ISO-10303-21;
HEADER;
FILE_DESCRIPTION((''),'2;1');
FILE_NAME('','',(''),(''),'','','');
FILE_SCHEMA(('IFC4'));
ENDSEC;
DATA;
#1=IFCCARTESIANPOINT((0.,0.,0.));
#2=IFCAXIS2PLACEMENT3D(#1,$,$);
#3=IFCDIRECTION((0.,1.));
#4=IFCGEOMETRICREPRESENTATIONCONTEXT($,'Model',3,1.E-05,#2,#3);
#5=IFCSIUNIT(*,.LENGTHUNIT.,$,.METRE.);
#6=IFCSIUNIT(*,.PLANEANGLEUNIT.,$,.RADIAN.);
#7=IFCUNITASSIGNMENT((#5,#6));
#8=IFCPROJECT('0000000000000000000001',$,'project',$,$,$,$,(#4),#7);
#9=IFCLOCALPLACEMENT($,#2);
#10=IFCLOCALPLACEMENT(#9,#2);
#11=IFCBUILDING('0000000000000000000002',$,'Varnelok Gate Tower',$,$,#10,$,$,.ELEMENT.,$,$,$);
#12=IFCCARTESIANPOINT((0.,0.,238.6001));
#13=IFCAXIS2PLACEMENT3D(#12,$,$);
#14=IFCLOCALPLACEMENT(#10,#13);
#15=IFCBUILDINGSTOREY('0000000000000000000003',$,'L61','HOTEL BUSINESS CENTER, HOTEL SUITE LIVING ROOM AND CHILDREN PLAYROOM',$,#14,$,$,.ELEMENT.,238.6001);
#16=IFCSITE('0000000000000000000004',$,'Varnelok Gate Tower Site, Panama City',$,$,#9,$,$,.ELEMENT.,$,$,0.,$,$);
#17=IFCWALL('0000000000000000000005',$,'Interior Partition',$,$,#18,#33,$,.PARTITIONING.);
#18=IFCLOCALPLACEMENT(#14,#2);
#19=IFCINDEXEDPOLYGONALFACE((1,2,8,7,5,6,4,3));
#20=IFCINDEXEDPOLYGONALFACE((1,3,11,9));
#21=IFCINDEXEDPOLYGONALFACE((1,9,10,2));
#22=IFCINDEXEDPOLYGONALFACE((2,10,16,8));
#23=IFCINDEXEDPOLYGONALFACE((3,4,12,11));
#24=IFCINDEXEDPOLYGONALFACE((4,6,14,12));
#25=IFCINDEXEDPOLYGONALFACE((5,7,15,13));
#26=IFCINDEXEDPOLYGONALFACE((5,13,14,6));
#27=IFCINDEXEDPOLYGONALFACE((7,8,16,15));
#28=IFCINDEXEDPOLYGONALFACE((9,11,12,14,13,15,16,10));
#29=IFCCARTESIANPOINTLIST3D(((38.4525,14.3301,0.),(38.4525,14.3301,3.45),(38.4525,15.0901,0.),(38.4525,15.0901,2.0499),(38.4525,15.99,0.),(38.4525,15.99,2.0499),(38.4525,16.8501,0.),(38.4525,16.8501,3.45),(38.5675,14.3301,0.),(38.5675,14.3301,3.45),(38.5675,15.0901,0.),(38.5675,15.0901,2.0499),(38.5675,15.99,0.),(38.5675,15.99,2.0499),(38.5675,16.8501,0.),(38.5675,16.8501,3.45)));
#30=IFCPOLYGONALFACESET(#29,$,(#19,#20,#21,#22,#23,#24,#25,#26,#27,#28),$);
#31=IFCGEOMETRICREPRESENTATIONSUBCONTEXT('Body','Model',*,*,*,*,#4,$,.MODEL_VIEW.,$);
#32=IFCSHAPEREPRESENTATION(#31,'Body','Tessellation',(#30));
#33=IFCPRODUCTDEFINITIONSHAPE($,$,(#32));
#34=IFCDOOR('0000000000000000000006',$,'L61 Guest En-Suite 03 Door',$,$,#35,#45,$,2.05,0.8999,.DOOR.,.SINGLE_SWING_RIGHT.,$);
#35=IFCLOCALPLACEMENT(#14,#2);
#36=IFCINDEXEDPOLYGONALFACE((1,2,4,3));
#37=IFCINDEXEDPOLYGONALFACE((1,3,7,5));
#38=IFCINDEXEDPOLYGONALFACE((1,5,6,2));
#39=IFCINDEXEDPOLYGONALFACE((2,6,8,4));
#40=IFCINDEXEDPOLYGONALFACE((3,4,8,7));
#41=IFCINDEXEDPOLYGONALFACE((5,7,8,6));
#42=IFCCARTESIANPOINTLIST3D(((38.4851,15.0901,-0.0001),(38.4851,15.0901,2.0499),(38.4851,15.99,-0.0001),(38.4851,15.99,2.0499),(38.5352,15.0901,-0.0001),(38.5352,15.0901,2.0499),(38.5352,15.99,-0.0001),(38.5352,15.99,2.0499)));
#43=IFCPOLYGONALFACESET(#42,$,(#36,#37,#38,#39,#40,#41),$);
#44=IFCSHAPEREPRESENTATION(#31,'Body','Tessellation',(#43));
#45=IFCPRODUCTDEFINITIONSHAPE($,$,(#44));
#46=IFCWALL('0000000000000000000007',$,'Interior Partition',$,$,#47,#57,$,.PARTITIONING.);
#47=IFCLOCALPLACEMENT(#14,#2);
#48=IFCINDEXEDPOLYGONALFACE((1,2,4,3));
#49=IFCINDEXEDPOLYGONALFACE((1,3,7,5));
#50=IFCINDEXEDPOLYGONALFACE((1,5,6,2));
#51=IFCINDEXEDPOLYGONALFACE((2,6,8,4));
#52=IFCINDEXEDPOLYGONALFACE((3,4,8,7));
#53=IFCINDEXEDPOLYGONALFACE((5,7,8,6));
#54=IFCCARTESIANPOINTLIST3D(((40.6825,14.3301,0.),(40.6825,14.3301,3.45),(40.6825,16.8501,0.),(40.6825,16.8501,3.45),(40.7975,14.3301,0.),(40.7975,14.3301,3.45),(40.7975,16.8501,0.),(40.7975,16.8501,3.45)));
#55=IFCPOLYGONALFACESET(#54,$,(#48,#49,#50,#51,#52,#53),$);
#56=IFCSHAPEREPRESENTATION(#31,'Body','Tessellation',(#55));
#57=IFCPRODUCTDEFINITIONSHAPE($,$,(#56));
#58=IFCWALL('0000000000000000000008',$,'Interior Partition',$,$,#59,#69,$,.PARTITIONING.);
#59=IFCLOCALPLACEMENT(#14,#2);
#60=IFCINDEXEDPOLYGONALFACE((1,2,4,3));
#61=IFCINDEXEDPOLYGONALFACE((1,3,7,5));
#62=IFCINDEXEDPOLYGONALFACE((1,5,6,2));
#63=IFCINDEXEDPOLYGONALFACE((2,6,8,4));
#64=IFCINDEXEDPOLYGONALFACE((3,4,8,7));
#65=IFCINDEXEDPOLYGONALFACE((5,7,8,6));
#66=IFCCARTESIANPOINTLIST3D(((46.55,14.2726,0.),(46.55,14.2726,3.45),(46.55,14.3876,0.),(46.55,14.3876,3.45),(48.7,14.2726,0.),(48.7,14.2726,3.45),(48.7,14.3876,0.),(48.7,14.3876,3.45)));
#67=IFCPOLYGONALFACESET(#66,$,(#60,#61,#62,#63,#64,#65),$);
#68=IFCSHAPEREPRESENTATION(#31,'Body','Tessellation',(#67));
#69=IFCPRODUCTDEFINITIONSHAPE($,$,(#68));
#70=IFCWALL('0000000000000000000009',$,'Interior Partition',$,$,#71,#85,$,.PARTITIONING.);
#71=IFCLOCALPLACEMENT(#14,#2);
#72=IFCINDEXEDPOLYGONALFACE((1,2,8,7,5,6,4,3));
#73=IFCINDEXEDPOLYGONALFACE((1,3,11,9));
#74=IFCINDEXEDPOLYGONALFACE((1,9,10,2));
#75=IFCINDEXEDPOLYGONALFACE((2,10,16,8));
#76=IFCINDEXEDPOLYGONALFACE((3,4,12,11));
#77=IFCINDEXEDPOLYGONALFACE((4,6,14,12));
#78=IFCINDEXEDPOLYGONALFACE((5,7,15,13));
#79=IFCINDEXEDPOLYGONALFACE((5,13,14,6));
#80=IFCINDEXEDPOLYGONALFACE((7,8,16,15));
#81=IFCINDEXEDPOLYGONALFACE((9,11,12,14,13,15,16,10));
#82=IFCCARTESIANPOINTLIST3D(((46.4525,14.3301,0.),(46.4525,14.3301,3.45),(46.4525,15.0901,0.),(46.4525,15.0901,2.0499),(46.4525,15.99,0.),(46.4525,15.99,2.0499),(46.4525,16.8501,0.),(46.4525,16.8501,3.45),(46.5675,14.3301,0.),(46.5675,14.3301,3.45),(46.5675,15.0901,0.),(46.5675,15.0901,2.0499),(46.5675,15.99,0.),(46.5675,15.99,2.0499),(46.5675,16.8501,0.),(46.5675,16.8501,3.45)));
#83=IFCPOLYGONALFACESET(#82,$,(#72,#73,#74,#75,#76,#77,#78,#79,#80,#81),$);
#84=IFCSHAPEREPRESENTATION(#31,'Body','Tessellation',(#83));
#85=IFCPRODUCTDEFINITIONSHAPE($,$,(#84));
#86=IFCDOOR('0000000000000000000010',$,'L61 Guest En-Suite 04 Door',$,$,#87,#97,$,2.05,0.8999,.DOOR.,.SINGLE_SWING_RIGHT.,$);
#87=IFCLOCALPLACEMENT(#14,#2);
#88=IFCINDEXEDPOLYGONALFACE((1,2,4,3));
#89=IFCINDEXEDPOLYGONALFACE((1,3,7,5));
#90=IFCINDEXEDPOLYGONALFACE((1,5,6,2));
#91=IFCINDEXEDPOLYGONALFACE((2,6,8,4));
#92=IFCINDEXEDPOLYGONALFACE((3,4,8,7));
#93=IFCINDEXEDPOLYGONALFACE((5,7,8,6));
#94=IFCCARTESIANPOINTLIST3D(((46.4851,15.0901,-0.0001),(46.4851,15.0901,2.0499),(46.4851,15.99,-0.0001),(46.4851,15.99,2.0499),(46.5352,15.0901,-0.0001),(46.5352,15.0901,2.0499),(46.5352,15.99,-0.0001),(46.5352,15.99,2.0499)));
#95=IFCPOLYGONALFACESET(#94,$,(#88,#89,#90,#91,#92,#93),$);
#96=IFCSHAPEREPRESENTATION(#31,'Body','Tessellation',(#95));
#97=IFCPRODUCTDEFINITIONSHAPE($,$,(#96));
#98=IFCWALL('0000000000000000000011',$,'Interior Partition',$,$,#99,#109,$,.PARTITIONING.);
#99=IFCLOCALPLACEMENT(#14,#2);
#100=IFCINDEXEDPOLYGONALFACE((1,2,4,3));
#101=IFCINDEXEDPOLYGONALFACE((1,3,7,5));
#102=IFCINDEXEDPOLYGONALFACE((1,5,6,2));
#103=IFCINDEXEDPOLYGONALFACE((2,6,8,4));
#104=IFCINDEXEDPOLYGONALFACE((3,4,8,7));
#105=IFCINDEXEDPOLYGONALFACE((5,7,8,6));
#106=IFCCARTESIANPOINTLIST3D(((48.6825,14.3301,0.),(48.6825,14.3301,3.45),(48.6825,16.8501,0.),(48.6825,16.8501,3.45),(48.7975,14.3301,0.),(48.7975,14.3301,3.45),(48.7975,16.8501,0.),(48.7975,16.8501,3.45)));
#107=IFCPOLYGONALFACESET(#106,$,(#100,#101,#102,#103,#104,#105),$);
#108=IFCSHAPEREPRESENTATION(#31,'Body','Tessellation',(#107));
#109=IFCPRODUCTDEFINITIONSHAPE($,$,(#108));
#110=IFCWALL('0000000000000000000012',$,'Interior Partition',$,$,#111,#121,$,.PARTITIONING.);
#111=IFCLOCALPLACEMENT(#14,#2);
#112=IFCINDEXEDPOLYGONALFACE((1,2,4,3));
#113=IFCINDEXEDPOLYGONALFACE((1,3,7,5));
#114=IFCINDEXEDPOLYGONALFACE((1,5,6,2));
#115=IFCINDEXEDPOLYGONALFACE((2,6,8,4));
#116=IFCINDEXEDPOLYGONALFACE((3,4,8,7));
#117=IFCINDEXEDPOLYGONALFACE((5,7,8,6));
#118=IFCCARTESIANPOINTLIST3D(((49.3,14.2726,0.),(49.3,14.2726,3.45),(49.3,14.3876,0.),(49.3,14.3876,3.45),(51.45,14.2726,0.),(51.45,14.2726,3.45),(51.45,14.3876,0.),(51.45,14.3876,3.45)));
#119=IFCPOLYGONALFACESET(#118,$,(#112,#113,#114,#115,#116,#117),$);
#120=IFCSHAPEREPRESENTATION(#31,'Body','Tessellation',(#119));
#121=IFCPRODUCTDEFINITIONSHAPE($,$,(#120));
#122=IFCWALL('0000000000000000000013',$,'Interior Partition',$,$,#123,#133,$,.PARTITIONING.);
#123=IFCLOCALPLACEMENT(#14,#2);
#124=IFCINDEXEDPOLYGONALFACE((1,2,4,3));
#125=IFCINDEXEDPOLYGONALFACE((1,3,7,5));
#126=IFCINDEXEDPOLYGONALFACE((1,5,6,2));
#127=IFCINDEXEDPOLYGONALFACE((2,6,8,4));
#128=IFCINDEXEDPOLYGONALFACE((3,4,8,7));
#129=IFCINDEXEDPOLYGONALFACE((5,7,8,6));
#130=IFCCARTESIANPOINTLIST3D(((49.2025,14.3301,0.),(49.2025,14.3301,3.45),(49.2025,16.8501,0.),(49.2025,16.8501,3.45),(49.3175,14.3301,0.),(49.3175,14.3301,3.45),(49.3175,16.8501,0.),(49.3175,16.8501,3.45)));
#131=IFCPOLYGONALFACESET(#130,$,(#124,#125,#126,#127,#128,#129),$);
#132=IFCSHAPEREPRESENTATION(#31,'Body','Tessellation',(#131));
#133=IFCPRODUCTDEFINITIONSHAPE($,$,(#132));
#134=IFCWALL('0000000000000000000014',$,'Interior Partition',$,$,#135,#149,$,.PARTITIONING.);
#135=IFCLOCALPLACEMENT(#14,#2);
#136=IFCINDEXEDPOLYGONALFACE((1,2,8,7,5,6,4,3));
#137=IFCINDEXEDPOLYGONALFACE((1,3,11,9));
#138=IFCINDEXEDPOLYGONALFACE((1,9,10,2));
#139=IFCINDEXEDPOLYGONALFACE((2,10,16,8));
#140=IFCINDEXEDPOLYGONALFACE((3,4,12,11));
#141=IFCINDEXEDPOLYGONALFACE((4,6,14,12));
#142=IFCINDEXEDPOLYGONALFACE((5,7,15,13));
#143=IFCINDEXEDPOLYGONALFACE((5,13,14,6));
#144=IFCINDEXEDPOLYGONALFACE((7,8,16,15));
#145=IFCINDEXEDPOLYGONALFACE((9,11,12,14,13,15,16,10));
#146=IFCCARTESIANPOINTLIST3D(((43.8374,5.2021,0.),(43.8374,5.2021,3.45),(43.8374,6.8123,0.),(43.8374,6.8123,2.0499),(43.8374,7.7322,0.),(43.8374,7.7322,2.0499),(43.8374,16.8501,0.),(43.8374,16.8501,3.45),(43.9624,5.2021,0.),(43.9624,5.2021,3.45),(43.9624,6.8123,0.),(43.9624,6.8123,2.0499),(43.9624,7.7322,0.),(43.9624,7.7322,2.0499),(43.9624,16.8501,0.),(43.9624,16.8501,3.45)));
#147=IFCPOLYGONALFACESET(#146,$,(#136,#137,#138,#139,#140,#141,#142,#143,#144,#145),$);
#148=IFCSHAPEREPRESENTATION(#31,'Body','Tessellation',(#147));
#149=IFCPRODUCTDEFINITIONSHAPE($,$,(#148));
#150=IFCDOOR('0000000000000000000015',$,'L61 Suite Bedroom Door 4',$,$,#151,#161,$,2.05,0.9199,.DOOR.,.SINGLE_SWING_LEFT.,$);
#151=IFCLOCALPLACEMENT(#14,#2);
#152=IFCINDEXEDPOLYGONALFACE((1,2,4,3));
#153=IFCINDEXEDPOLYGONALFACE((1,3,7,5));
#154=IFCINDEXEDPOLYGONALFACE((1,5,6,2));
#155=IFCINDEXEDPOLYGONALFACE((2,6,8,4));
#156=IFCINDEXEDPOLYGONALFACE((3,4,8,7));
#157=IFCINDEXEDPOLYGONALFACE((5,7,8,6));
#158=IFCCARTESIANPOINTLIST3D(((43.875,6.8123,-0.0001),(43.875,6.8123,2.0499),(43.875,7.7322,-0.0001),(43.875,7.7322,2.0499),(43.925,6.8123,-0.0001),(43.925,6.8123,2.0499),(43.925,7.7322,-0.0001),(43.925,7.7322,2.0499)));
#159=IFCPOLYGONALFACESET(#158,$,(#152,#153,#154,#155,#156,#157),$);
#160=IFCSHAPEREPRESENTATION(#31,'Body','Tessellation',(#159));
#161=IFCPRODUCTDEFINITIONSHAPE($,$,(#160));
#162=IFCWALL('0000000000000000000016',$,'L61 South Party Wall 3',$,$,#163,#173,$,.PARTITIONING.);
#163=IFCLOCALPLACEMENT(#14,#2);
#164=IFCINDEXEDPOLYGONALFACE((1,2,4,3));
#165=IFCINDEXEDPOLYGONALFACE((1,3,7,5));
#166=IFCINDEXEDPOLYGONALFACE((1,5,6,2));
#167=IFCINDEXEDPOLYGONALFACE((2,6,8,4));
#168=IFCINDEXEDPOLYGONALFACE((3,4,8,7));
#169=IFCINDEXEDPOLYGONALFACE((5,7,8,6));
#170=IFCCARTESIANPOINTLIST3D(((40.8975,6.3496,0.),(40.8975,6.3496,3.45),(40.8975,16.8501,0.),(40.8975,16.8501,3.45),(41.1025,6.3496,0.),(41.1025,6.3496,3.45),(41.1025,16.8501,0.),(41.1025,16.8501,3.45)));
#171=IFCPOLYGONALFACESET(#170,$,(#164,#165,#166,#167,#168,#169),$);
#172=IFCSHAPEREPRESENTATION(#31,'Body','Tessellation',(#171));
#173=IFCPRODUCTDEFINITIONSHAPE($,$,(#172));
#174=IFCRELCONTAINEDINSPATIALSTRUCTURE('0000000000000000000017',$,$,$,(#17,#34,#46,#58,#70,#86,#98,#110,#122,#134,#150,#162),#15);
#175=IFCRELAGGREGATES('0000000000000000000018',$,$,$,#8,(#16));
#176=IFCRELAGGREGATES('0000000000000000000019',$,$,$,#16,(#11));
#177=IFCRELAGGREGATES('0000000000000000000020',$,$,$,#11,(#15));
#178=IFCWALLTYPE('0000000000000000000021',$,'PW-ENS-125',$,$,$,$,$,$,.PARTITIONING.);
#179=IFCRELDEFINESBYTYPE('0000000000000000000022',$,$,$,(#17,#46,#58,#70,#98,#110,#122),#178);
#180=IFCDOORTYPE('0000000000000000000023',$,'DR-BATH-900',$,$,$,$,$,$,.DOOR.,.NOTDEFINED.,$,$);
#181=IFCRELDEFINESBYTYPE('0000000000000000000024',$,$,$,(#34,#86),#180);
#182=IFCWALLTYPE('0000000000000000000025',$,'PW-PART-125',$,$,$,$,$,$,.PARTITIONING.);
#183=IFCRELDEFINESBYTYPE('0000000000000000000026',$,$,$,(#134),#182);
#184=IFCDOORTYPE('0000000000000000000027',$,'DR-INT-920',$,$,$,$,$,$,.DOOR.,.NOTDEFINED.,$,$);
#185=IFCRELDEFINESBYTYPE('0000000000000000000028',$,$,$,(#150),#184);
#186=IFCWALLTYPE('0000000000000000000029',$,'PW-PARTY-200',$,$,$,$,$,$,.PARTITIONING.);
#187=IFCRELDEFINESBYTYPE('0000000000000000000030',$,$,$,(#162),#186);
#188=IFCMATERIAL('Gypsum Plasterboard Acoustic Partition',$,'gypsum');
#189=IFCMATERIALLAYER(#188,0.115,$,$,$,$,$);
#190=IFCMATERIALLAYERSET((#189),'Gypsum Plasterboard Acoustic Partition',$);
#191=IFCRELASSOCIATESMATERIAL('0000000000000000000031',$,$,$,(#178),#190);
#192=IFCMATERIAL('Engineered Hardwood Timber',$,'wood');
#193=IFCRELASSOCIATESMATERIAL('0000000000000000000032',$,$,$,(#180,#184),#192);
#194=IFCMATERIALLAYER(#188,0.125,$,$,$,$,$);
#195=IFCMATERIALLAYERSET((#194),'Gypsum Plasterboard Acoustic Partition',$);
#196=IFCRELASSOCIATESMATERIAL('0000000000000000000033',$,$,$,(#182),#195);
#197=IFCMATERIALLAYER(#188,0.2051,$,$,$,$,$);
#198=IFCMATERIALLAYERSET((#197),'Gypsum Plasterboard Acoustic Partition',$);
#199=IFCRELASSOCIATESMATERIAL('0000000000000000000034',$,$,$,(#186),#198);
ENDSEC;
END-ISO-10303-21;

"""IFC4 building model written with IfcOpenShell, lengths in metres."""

from ifc_helpers import new_model, si_unit, direction, frame, frame_2d, origin, place, context, subcontext, project, spatial, rectangle, extrude, material, layer, layer_set, type_object, element, fill, save


model = new_model("IFC4")

# Units and contexts
model_context = context("Model", 3, precision=1e-05, world=origin(), true_north=direction((0.0, 1.0)))
body_context = subcontext(model_context, "Body", "Model", "MODEL_VIEW")
ifc_project = project(units=[si_unit("LENGTHUNIT", "METRE"), si_unit("PLANEANGLEUNIT", "RADIAN")], contexts=[model_context])

# Site, building, storey
site_placement = place(None, origin())
site = spatial("IfcSite", under=ifc_project, at=site_placement, Name="Varnelok Gate Tower Site, Panama City", CompositionType="ELEMENT", RefElevation=0.0)
building_placement = place(site_placement, origin())
building = spatial("IfcBuilding", under=site, at=building_placement, Name="Varnelok Gate Tower", CompositionType="ELEMENT")
storey_placement = place(building_placement, frame((0.0, 0.0, 238.6001)))
storey = spatial("IfcBuildingStorey", under=building, at=storey_placement, Name="L61", Description="HOTEL BUSINESS CENTER, HOTEL SUITE LIVING ROOM AND CHILDREN PLAYROOM", CompositionType="ELEMENT", Elevation=238.6001)

# Shared definitions
ifc_material_1 = material(Name="Gypsum Plasterboard Acoustic Partition", Category="gypsum")
ifc_material_2 = material(Name="Engineered Hardwood Timber", Category="wood")

# Shared definitions
ifc_layer_1 = layer(ifc_material_1, 0.115)
ifc_layer_set_1 = layer_set([ifc_layer_1], Name="Gypsum Plasterboard Acoustic Partition")
wall_type_1 = type_object("IfcWallType", Name="PW-ENS-125", PredefinedType="PARTITIONING", material=ifc_layer_set_1)

# Wall, opening, door
wall_1_placement = place(storey_placement, frame((38.51, 14.3301, 0.0), z_axis=(0.0, 0.0, 1.0), x_axis=(0.0, 1.0, 0.0)))
wall_1 = element("IfcWall", 1, at=wall_1_placement, inside=storey, type_object=wall_type_1, Name="Interior Partition", PredefinedType="PARTITIONING", context=body_context, shape_type="SweptSolid", body=[
    extrude(rectangle(XDim=2.52, YDim=0.115, at=frame_2d((1.26, 0.0))), origin(), (0.0, 0.0, 1.0), 3.45),
])
opening_1_placement = place(wall_1_placement, frame((0.76, 0.0, 0.0)))
opening_1 = element("IfcOpeningElement", 2, at=opening_1_placement, cuts=wall_1, PredefinedType="OPENING", context=body_context, shape_type="SweptSolid", body=[
    extrude(rectangle(XDim=0.8999, YDim=2.05, at=frame_2d((0.45, 1.0249))), frame((0.0, 0.0674, 0.0), z_axis=(0.0, -1.0, 0.0), x_axis=(1.0, 0.0, 0.0)), (0.0, 0.0, 1.0), 0.135),
])
door_type_1 = type_object("IfcDoorType", Name="DR-BATH-900", OperationType="NOTDEFINED", PredefinedType="DOOR", material=ifc_material_2)
door_1_placement = place(opening_1_placement, origin())
door_1 = element("IfcDoor", 3, at=door_1_placement, inside=storey, type_object=door_type_1, Name="L61 Guest En-Suite 03 Door", OperationType="SINGLE_SWING_RIGHT", OverallHeight=2.05, OverallWidth=0.8999, PredefinedType="DOOR", context=body_context, shape_type="SweptSolid", body=[
    extrude(rectangle(XDim=0.8999, YDim=2.05, at=frame_2d((0.45, 1.0249))), frame((0.0, 0.0249, 0.0), z_axis=(0.0, -1.0, 0.0), x_axis=(1.0, 0.0, 0.0)), (0.0, 0.0, 1.0), 0.05),
])
fill(opening_1, door_1)

# Walls
wall_2_placement = place(storey_placement, frame((40.74, 14.3301, 0.0), z_axis=(0.0, 0.0, 1.0), x_axis=(0.0, 1.0, 0.0)))
element("IfcWall", 4, at=wall_2_placement, inside=storey, type_object=wall_type_1, Name="Interior Partition", PredefinedType="PARTITIONING", context=body_context, shape_type="SweptSolid", body=[
    extrude(rectangle(XDim=2.52, YDim=0.115, at=frame_2d((1.26, 0.0))), origin(), (0.0, 0.0, 1.0), 3.45),
])
wall_3_placement = place(storey_placement, frame((46.55, 14.3301, 0.0), z_axis=(0.0, 0.0, 1.0), x_axis=(1.0, 0.0, 0.0)))
element("IfcWall", 5, at=wall_3_placement, inside=storey, type_object=wall_type_1, Name="Interior Partition", PredefinedType="PARTITIONING", context=body_context, shape_type="SweptSolid", body=[
    extrude(rectangle(XDim=2.1499, YDim=0.115, at=frame_2d((1.075, 0.0))), origin(), (0.0, 0.0, 1.0), 3.45),
])

# Wall, opening, door
wall_4_placement = place(storey_placement, frame((46.51, 14.3301, 0.0), z_axis=(0.0, 0.0, 1.0), x_axis=(0.0, 1.0, 0.0)))
wall_4 = element("IfcWall", 6, at=wall_4_placement, inside=storey, type_object=wall_type_1, Name="Interior Partition", PredefinedType="PARTITIONING", context=body_context, shape_type="SweptSolid", body=[
    extrude(rectangle(XDim=2.52, YDim=0.115, at=frame_2d((1.26, 0.0))), origin(), (0.0, 0.0, 1.0), 3.45),
])
opening_2_placement = place(wall_4_placement, frame((0.76, 0.0, 0.0)))
opening_2 = element("IfcOpeningElement", 7, at=opening_2_placement, cuts=wall_4, PredefinedType="OPENING", context=body_context, shape_type="SweptSolid", body=[
    extrude(rectangle(XDim=0.8999, YDim=2.05, at=frame_2d((0.45, 1.0249))), frame((0.0, 0.0674, 0.0), z_axis=(0.0, -1.0, 0.0), x_axis=(1.0, 0.0, 0.0)), (0.0, 0.0, 1.0), 0.135),
])
door_2_placement = place(opening_2_placement, origin())
door_2 = element("IfcDoor", 8, at=door_2_placement, inside=storey, type_object=door_type_1, Name="L61 Guest En-Suite 04 Door", OperationType="SINGLE_SWING_RIGHT", OverallHeight=2.05, OverallWidth=0.8999, PredefinedType="DOOR", context=body_context, shape_type="SweptSolid", body=[
    extrude(rectangle(XDim=0.8999, YDim=2.05, at=frame_2d((0.45, 1.0249))), frame((0.0, 0.0249, 0.0), z_axis=(0.0, -1.0, 0.0), x_axis=(1.0, 0.0, 0.0)), (0.0, 0.0, 1.0), 0.05),
])
fill(opening_2, door_2)

# Walls
wall_5_placement = place(storey_placement, frame((48.74, 14.3301, 0.0), z_axis=(0.0, 0.0, 1.0), x_axis=(0.0, 1.0, 0.0)))
element("IfcWall", 9, at=wall_5_placement, inside=storey, type_object=wall_type_1, Name="Interior Partition", PredefinedType="PARTITIONING", context=body_context, shape_type="SweptSolid", body=[
    extrude(rectangle(XDim=2.52, YDim=0.115, at=frame_2d((1.26, 0.0))), origin(), (0.0, 0.0, 1.0), 3.45),
])
wall_6_placement = place(storey_placement, frame((49.3, 14.3301, 0.0), z_axis=(0.0, 0.0, 1.0), x_axis=(1.0, 0.0, 0.0)))
element("IfcWall", 10, at=wall_6_placement, inside=storey, type_object=wall_type_1, Name="Interior Partition", PredefinedType="PARTITIONING", context=body_context, shape_type="SweptSolid", body=[
    extrude(rectangle(XDim=2.1499, YDim=0.115, at=frame_2d((1.075, 0.0))), origin(), (0.0, 0.0, 1.0), 3.45),
])
wall_7_placement = place(storey_placement, frame((49.26, 14.3301, 0.0), z_axis=(0.0, 0.0, 1.0), x_axis=(0.0, 1.0, 0.0)))
element("IfcWall", 11, at=wall_7_placement, inside=storey, type_object=wall_type_1, Name="Interior Partition", PredefinedType="PARTITIONING", context=body_context, shape_type="SweptSolid", body=[
    extrude(rectangle(XDim=2.52, YDim=0.115, at=frame_2d((1.26, 0.0))), origin(), (0.0, 0.0, 1.0), 3.45),
])

# Wall, opening, door
ifc_layer_2 = layer(ifc_material_1, 0.125)
ifc_layer_set_2 = layer_set([ifc_layer_2], Name="Gypsum Plasterboard Acoustic Partition")
wall_type_2 = type_object("IfcWallType", Name="PW-PART-125", PredefinedType="PARTITIONING", material=ifc_layer_set_2)
wall_8_placement = place(storey_placement, frame((43.8999, 5.2021, 0.0), z_axis=(0.0, 0.0, 1.0), x_axis=(0.0, 1.0, 0.0)))
wall_8 = element("IfcWall", 12, at=wall_8_placement, inside=storey, type_object=wall_type_2, Name="Interior Partition", PredefinedType="PARTITIONING", context=body_context, shape_type="SweptSolid", body=[
    extrude(rectangle(XDim=11.6479, YDim=0.125, at=frame_2d((5.824, 0.0))), origin(), (0.0, 0.0, 1.0), 3.45),
])
opening_3_placement = place(wall_8_placement, frame((1.6101, 0.0, 0.0)))
opening_3 = element("IfcOpeningElement", 13, at=opening_3_placement, cuts=wall_8, PredefinedType="OPENING", context=body_context, shape_type="SweptSolid", body=[
    extrude(rectangle(XDim=0.9199, YDim=2.05, at=frame_2d((0.46, 1.0249))), frame((0.0, 0.0725, 0.0), z_axis=(0.0, -1.0, 0.0), x_axis=(1.0, 0.0, 0.0)), (0.0, 0.0, 1.0), 0.145),
])
door_type_2 = type_object("IfcDoorType", Name="DR-INT-920", OperationType="NOTDEFINED", PredefinedType="DOOR", material=ifc_material_2)
door_3_placement = place(opening_3_placement, origin())
door_3 = element("IfcDoor", 14, at=door_3_placement, inside=storey, type_object=door_type_2, Name="L61 Suite Bedroom Door 4", OperationType="SINGLE_SWING_LEFT", OverallHeight=2.05, OverallWidth=0.9199, PredefinedType="DOOR", context=body_context, shape_type="SweptSolid", body=[
    extrude(rectangle(XDim=0.9199, YDim=2.05, at=frame_2d((0.46, 1.0249))), frame((0.0, 0.0249, 0.0), z_axis=(0.0, -1.0, 0.0), x_axis=(1.0, 0.0, 0.0)), (0.0, 0.0, 1.0), 0.05),
])
fill(opening_3, door_3)

# Wall
ifc_layer_3 = layer(ifc_material_1, 0.2051)
ifc_layer_set_3 = layer_set([ifc_layer_3], Name="Gypsum Plasterboard Acoustic Partition")
wall_type_3 = type_object("IfcWallType", Name="PW-PARTY-200", PredefinedType="PARTITIONING", material=ifc_layer_set_3)
wall_9_placement = place(storey_placement, frame((41.0, 6.3496, 0.0), z_axis=(0.0, 0.0, 1.0), x_axis=(0.0, 1.0, 0.0)))
element("IfcWall", 15, at=wall_9_placement, inside=storey, type_object=wall_type_3, Name="L61 South Party Wall 3", PredefinedType="PARTITIONING", context=body_context, shape_type="SweptSolid", body=[
    extrude(rectangle(XDim=10.5005, YDim=0.2051, at=frame_2d((5.2502, 0.0))), origin(), (0.0, 0.0, 1.0), 3.45),
])

save(model, "model.ifc")
